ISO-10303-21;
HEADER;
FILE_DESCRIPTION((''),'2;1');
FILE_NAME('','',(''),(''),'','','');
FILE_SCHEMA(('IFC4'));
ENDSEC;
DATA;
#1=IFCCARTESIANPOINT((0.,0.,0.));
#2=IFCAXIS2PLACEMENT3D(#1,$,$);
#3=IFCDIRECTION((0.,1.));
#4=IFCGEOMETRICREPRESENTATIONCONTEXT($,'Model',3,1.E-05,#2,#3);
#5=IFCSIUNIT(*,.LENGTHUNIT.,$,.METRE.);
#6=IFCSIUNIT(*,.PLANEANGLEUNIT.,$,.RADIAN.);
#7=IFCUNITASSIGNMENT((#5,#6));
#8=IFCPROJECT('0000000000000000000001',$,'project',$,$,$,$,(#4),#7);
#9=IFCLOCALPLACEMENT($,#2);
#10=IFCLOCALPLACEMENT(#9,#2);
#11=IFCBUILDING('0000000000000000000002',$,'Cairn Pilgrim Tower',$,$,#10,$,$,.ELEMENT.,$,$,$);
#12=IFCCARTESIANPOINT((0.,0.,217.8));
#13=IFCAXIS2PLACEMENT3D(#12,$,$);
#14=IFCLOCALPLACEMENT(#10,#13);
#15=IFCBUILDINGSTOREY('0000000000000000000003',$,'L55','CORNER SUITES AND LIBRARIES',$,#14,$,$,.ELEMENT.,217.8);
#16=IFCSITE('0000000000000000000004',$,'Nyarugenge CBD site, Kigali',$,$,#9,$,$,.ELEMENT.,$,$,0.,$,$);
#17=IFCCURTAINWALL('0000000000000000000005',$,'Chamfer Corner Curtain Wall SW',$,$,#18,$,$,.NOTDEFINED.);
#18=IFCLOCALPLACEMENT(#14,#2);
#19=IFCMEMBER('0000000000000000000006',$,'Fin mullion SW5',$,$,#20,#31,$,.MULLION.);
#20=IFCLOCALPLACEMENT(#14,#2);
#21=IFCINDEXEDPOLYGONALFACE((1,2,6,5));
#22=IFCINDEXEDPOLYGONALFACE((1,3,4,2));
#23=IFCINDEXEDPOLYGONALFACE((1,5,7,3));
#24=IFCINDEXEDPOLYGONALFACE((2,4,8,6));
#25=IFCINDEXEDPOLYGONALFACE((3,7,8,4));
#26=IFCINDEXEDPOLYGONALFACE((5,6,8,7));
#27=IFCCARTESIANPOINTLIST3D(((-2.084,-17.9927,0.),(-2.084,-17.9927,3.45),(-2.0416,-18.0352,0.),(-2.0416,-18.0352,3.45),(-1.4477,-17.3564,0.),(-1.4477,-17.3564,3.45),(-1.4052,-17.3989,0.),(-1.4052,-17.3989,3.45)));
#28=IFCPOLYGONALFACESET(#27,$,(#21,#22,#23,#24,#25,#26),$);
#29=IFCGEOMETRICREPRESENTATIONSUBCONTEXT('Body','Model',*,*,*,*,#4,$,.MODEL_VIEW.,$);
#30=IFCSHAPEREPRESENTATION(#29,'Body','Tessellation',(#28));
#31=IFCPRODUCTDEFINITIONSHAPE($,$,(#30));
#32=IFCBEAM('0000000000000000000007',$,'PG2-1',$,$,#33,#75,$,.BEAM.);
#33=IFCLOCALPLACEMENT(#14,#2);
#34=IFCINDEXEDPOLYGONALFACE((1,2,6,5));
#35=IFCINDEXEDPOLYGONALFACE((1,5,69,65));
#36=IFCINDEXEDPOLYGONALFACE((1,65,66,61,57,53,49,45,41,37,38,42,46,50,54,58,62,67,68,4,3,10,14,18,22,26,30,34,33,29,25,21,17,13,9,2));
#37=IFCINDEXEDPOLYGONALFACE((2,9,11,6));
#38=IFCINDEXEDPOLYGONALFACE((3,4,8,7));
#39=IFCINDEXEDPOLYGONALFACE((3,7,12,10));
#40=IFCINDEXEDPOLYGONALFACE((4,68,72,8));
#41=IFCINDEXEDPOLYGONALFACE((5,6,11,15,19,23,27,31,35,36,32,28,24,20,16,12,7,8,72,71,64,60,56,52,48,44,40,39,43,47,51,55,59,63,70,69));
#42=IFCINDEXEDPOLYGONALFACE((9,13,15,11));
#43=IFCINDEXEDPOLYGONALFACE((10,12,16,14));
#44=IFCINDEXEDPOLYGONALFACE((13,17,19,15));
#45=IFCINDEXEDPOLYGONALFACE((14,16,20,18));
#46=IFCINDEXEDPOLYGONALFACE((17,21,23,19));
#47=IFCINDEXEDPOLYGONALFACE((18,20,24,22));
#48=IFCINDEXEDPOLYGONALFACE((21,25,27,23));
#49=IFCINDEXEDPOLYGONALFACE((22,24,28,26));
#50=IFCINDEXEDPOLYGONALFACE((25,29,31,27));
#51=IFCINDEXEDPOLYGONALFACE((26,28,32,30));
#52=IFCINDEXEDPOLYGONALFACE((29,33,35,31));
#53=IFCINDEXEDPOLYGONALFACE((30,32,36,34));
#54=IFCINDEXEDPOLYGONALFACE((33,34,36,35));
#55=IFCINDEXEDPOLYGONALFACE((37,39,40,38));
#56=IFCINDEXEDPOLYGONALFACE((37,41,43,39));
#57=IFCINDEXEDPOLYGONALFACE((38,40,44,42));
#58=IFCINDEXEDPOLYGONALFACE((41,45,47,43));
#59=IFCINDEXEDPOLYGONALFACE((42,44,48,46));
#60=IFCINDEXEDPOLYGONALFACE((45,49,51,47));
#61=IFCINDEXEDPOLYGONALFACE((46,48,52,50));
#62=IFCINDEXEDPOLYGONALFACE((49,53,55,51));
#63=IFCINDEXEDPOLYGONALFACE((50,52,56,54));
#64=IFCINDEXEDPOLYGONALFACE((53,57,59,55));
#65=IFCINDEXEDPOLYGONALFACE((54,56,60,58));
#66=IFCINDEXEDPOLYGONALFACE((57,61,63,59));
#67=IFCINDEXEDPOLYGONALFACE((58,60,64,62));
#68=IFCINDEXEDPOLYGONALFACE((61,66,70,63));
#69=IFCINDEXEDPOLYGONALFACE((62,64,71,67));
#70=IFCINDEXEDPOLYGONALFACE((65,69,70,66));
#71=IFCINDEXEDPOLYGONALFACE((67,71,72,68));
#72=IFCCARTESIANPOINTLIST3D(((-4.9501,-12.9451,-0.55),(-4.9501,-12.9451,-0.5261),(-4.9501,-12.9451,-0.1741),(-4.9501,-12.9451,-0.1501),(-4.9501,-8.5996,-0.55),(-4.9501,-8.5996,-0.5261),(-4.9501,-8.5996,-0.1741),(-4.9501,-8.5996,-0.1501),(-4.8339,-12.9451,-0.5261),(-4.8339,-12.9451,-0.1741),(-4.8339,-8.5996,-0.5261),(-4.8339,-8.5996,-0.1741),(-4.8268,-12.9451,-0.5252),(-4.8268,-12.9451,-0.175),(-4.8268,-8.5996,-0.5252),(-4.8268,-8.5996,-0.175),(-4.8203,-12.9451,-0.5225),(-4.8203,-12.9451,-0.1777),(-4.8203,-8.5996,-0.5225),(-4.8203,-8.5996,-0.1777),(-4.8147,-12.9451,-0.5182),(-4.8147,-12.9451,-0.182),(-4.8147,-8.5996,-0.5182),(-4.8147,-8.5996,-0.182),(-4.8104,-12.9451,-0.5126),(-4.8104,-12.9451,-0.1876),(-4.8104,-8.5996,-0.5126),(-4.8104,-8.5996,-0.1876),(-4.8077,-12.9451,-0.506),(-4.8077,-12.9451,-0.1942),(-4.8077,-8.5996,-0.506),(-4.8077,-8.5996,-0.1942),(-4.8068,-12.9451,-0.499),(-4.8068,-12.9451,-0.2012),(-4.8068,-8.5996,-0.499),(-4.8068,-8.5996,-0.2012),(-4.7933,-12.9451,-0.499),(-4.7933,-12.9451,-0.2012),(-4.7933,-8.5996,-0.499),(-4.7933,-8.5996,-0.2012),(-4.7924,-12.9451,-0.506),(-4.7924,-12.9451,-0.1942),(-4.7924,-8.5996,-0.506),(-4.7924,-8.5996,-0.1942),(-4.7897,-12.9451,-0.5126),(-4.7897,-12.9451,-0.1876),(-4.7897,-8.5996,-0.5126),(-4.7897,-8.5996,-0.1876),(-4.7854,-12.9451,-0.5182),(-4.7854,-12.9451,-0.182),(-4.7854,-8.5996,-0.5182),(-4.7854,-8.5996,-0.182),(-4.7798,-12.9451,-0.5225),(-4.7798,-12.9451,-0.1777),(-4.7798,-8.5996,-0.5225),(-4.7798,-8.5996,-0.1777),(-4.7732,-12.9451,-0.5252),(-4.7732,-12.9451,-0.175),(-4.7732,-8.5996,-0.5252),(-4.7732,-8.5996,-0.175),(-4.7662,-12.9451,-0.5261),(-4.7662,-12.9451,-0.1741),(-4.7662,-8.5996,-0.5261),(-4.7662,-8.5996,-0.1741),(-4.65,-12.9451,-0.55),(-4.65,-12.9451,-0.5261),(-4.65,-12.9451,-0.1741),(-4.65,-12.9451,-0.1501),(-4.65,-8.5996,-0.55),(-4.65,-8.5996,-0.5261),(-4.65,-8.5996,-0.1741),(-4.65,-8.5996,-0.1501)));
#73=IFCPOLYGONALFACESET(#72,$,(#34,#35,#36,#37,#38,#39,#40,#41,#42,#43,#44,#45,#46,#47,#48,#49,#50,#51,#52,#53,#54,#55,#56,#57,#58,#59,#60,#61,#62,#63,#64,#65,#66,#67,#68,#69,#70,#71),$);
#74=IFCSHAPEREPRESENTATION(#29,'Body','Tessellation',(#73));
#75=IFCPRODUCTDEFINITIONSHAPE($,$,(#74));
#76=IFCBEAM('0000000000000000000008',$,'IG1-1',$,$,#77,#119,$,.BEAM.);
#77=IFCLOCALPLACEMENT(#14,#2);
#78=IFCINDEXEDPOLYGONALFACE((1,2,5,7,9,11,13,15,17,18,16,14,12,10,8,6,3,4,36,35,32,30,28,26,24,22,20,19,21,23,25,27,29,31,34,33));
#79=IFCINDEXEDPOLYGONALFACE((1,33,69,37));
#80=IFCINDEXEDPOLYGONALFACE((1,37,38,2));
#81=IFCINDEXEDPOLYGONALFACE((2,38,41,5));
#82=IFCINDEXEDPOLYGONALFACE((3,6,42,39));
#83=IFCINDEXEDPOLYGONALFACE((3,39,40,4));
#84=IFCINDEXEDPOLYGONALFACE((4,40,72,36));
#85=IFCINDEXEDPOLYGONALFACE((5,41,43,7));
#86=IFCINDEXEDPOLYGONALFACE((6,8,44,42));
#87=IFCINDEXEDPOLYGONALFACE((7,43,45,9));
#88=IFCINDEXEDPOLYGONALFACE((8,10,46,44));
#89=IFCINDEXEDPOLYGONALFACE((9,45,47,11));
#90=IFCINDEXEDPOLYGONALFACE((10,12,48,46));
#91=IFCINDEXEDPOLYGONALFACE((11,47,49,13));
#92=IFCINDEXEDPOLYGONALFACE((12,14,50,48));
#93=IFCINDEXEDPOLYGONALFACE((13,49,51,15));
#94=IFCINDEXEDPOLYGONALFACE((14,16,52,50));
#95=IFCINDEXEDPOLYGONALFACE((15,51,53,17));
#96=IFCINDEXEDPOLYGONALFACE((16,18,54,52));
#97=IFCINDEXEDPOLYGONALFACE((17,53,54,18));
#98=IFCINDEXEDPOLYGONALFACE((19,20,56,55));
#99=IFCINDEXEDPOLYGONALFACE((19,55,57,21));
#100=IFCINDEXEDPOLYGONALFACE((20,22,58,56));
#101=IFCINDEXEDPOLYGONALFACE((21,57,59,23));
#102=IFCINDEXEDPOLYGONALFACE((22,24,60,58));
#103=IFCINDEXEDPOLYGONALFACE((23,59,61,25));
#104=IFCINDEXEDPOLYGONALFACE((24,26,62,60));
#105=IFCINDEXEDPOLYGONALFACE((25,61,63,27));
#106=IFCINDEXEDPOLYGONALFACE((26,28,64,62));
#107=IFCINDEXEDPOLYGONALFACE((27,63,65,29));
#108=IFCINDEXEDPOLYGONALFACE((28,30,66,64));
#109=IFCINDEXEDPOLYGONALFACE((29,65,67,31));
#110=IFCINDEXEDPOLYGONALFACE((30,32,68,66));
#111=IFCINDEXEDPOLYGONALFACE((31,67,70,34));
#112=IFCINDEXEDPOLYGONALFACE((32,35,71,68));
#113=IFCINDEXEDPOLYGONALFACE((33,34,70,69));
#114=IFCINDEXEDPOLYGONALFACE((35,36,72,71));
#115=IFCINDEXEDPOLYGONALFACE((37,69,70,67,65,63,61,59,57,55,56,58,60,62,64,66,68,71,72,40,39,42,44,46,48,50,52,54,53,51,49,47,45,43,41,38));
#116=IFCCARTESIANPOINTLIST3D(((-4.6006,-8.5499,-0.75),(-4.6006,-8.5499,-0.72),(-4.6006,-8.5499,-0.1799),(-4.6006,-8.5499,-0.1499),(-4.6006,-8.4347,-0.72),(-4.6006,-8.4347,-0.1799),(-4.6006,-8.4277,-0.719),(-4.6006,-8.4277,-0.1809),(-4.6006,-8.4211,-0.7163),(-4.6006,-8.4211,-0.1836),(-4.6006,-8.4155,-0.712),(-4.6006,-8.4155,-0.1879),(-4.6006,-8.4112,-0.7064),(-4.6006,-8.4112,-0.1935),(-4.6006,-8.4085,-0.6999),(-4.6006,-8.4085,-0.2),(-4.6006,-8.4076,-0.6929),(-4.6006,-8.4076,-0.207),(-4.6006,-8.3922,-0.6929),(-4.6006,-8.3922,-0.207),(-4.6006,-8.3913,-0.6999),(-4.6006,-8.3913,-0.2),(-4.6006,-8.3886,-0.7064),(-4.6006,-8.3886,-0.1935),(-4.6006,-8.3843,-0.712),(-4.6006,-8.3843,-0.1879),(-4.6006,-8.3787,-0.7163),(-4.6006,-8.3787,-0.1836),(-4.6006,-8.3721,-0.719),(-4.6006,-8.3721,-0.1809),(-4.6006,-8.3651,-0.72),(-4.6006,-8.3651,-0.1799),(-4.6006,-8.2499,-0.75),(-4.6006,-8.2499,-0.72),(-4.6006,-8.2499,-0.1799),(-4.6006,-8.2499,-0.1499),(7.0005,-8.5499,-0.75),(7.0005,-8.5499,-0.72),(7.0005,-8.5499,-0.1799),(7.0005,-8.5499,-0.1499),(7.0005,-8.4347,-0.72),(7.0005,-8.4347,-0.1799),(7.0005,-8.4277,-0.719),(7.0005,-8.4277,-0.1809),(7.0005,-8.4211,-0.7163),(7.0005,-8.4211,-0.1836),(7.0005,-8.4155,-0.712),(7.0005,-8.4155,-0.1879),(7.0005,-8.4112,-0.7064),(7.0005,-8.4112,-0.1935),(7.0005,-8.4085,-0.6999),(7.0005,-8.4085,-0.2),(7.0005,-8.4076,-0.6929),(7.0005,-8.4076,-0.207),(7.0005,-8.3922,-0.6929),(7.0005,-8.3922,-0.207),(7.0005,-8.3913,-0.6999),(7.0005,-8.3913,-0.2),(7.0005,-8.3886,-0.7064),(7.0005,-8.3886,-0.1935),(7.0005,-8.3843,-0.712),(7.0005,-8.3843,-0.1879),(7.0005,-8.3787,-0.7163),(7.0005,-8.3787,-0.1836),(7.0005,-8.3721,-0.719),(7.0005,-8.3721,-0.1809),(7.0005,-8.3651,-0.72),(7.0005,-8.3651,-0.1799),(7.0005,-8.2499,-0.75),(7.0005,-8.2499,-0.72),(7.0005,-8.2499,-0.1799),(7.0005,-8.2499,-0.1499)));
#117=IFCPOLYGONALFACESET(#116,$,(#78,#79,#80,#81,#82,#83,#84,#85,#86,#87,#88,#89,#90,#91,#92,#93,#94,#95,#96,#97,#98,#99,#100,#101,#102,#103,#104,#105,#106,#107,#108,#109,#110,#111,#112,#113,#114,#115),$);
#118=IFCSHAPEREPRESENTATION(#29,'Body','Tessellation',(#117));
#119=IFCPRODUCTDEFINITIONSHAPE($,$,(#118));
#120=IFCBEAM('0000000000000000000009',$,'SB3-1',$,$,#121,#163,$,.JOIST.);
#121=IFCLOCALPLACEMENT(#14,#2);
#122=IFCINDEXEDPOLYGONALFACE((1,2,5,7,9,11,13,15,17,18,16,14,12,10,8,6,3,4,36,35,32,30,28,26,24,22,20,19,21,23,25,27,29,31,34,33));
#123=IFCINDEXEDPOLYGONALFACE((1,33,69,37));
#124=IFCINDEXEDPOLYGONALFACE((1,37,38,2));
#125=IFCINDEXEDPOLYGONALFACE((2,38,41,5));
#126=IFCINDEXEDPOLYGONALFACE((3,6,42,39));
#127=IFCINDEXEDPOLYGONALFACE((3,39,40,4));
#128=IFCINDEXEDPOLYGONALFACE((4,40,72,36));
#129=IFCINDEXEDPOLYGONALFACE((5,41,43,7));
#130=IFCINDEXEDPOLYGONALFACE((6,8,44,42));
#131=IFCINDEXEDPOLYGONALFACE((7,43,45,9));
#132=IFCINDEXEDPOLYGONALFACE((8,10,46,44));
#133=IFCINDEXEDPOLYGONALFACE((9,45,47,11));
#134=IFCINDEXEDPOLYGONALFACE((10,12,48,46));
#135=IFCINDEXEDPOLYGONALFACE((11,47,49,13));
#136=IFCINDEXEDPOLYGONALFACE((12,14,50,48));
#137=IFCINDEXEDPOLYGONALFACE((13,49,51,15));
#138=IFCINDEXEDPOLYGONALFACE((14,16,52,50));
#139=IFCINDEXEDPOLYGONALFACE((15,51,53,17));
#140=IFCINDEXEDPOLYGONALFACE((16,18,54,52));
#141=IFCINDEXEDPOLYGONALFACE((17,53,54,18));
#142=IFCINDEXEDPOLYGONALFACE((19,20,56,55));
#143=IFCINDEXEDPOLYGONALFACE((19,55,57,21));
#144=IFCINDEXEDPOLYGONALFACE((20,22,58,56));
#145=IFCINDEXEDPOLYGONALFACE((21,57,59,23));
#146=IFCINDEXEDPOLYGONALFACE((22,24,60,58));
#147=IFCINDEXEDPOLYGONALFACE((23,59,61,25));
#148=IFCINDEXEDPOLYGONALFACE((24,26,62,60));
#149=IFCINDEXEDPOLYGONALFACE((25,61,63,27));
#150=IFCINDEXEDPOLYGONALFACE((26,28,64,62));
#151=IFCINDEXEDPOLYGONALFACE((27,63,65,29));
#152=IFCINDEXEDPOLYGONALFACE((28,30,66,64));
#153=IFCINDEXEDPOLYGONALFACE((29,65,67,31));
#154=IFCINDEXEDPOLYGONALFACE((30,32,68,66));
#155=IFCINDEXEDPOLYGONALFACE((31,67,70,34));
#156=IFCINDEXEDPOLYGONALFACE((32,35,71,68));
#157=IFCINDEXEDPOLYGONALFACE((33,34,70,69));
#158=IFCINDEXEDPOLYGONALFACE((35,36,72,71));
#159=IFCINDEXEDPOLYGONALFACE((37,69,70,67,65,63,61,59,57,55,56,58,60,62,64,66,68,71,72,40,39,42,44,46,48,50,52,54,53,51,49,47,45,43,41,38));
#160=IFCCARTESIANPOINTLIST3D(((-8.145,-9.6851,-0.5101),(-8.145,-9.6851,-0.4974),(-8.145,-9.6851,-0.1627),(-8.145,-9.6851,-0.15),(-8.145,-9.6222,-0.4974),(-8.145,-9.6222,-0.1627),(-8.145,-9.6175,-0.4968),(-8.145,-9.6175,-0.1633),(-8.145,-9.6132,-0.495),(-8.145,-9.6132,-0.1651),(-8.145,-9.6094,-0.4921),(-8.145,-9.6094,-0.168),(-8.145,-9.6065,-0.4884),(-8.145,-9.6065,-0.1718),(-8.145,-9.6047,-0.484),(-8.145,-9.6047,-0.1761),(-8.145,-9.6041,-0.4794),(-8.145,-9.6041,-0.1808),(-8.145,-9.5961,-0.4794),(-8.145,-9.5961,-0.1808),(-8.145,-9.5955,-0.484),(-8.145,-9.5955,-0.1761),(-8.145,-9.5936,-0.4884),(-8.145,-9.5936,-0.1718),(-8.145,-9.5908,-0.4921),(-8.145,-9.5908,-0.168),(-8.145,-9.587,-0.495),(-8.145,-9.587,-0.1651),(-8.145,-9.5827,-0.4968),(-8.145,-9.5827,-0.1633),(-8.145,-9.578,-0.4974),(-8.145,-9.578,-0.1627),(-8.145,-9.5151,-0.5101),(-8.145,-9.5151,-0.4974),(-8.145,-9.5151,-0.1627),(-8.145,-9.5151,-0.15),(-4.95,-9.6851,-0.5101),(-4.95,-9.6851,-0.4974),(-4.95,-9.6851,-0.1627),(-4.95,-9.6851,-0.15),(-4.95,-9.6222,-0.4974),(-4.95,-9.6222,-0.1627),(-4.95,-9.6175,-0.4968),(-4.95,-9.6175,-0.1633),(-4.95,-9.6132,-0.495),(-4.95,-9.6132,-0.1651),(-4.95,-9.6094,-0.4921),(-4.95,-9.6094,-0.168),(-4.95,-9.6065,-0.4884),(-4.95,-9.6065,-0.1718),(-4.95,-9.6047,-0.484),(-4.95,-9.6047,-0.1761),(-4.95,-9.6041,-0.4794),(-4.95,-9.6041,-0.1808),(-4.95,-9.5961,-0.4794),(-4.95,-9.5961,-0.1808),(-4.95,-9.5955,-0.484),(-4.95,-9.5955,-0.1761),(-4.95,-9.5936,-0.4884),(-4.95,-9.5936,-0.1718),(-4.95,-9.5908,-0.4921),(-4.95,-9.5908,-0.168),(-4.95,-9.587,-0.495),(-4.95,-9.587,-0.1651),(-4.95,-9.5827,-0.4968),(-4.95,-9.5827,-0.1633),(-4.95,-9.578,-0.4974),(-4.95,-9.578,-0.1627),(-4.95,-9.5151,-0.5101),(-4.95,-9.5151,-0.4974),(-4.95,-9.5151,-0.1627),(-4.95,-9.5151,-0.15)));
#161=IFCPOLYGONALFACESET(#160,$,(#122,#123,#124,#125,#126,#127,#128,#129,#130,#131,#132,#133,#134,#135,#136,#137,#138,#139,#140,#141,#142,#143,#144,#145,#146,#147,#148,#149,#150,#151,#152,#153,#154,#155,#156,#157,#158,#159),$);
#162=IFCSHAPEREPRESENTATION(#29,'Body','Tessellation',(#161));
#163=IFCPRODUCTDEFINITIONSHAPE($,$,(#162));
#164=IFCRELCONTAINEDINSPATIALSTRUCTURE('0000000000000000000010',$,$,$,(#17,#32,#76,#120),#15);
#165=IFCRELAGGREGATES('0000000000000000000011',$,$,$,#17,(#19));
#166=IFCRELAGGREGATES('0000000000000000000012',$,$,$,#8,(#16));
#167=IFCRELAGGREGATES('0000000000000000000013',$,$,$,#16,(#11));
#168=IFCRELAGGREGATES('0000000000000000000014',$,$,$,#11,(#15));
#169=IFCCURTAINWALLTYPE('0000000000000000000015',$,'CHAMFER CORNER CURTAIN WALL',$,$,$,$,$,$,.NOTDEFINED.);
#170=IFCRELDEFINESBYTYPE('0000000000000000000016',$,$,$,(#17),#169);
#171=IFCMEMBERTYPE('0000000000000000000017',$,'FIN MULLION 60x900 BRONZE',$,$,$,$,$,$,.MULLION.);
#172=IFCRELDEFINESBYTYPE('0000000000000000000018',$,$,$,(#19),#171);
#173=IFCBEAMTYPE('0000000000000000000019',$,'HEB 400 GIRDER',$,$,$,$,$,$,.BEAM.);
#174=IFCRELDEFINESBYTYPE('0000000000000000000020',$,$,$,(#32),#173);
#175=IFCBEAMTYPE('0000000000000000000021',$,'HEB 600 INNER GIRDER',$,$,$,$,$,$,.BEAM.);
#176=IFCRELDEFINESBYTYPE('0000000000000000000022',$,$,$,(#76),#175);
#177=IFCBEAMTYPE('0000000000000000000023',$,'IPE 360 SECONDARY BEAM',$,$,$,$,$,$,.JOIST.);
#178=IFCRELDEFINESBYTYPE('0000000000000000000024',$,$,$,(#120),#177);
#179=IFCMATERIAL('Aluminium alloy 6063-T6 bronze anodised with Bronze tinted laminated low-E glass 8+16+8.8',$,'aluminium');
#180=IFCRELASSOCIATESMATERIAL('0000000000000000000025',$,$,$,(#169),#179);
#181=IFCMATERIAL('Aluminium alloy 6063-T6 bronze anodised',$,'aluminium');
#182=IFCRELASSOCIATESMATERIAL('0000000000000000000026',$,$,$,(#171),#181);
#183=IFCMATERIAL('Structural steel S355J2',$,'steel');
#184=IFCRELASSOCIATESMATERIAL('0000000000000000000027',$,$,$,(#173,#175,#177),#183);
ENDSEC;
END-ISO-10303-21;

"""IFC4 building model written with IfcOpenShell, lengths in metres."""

from ifc_helpers import new_model, si_unit, direction, frame, origin, origin_2d, place, context, subcontext, project, spatial, rectangle, i_section, extrude, material, material_profile, profile_set, type_object, element, aggregate, save


model = new_model("IFC4")

# Units and contexts
model_context = context("Model", 3, precision=1e-05, world=origin(), true_north=direction((0.0, 1.0)))
body_context = subcontext(model_context, "Body", "Model", "MODEL_VIEW")
ifc_project = project(units=[si_unit("LENGTHUNIT", "METRE"), si_unit("PLANEANGLEUNIT", "RADIAN")], contexts=[model_context])

# Site, building, storey
site_placement = place(None, origin())
site = spatial("IfcSite", under=ifc_project, at=site_placement, Name="Nyarugenge CBD site, Kigali", CompositionType="ELEMENT", RefElevation=0.0)
building_placement = place(site_placement, origin())
building = spatial("IfcBuilding", under=site, at=building_placement, Name="Cairn Pilgrim Tower", CompositionType="ELEMENT")
storey_placement = place(building_placement, frame((0.0, 0.0, 217.8)))
storey = spatial("IfcBuildingStorey", under=building, at=storey_placement, Name="L55", Description="CORNER SUITES AND LIBRARIES", CompositionType="ELEMENT", Elevation=217.8)

# Shared definitions
ifc_material_1 = material(Name="Structural steel S355J2", Category="steel")

# Curtain wall, member
ifc_material_2 = material(Name="Aluminium alloy 6063-T6 bronze anodised with Bronze tinted laminated low-E glass 8+16+8.8", Category="aluminium")
curtain_wall_type = type_object("IfcCurtainWallType", Name="CHAMFER CORNER CURTAIN WALL", PredefinedType="NOTDEFINED", material=ifc_material_2)
curtain_wall_placement = place(storey_placement, origin())
curtain_wall = element("IfcCurtainWall", 1, at=curtain_wall_placement, inside=storey, type_object=curtain_wall_type, Name="Chamfer Corner Curtain Wall SW", PredefinedType="NOTDEFINED")
ifc_material_3 = material(Name="Aluminium alloy 6063-T6 bronze anodised", Category="aluminium")
ifc_material_profile_1 = material_profile(ifc_material_3, rectangle(XDim=0.8999, YDim=0.0601, at=origin_2d()), Name="FIN MULLION 60x900 BRONZE")
ifc_profile_set_1 = profile_set([ifc_material_profile_1], Name="Aluminium alloy 6063-T6 bronze anodised")
member_type_1 = type_object("IfcMemberType", Name="FIN MULLION 60x900 BRONZE", PredefinedType="MULLION", material=ifc_profile_set_1)
member_1_placement = place(storey_placement, frame((-1.7446, -17.6958, 0.0), z_axis=(0.0, 0.0, 1.0), x_axis=(-0.707107, -0.707107, 0.0)))
member_1 = element("IfcMember", 2, at=member_1_placement, type_object=member_type_1, Name="Fin mullion SW5", PredefinedType="MULLION", context=body_context, shape_type="SweptSolid", body=[
    extrude(rectangle(XDim=0.8999, YDim=0.0601, at=origin_2d()), origin(), (0.0, 0.0, 1.0), 3.45),
])

# Beams
ifc_material_profile_2 = material_profile(ifc_material_1, i_section(OverallWidth=0.3, OverallDepth=0.3999, WebThickness=0.0134, FlangeThickness=0.0239, FilletRadius=0.0271, at=origin_2d()), Name="HEB 400")
ifc_profile_set_2 = profile_set([ifc_material_profile_2], Name="Structural steel S355J2")
beam_type_1 = type_object("IfcBeamType", Name="HEB 400 GIRDER", PredefinedType="BEAM", material=ifc_profile_set_2)
beam_1_placement = place(storey_placement, frame((-4.8, -12.9451, -0.3501), z_axis=(0.0, 1.0, 0.0), x_axis=(-1.0, 0.0, 0.0)))
element("IfcBeam", 3, at=beam_1_placement, inside=storey, type_object=beam_type_1, Name="PG2-1", PredefinedType="BEAM", context=body_context, shape_type="SweptSolid", body=[
    extrude(i_section(OverallWidth=0.3, OverallDepth=0.3999, WebThickness=0.0134, FlangeThickness=0.0239, FilletRadius=0.0271, at=origin_2d()), origin(), (0.0, 0.0, 1.0), 4.3455),
])
ifc_material_profile_3 = material_profile(ifc_material_1, i_section(OverallWidth=0.3, OverallDepth=0.6001, WebThickness=0.0154, FlangeThickness=0.03, FilletRadius=0.0271, at=origin_2d()), Name="HEB 600")
ifc_profile_set_3 = profile_set([ifc_material_profile_3], Name="Structural steel S355J2")
beam_type_2 = type_object("IfcBeamType", Name="HEB 600 INNER GIRDER", PredefinedType="BEAM", material=ifc_profile_set_3)
beam_2_placement = place(storey_placement, frame((-4.6006, -8.3999, -0.45), z_axis=(1.0, 0.0, 0.0), x_axis=(0.0, 1.0, 0.0)))
element("IfcBeam", 4, at=beam_2_placement, inside=storey, type_object=beam_type_2, Name="IG1-1", PredefinedType="BEAM", context=body_context, shape_type="SweptSolid", body=[
    extrude(i_section(OverallWidth=0.3, OverallDepth=0.6001, WebThickness=0.0154, FlangeThickness=0.03, FilletRadius=0.0271, at=origin_2d()), origin(), (0.0, 0.0, 1.0), 11.6011),
])
ifc_material_profile_4 = material_profile(ifc_material_1, i_section(OverallWidth=0.1699, OverallDepth=0.3601, WebThickness=0.0081, FlangeThickness=0.0127, FilletRadius=0.0181, at=origin_2d()), Name="IPE 360")
ifc_profile_set_4 = profile_set([ifc_material_profile_4], Name="Structural steel S355J2")
beam_type_3 = type_object("IfcBeamType", Name="IPE 360 SECONDARY BEAM", PredefinedType="JOIST", material=ifc_profile_set_4)
beam_3_placement = place(storey_placement, frame((-8.145, -9.6001, -0.3301), z_axis=(1.0, 0.0, 0.0), x_axis=(0.0, 1.0, 0.0)))
element("IfcBeam", 5, at=beam_3_placement, inside=storey, type_object=beam_type_3, Name="SB3-1", PredefinedType="JOIST", context=body_context, shape_type="SweptSolid", body=[
    extrude(i_section(OverallWidth=0.1699, OverallDepth=0.3601, WebThickness=0.0081, FlangeThickness=0.0127, FilletRadius=0.0181, at=origin_2d()), origin(), (0.0, 0.0, 1.0), 3.1951),
])

aggregate(curtain_wall, [member_1])

save(model, "model.ifc")
